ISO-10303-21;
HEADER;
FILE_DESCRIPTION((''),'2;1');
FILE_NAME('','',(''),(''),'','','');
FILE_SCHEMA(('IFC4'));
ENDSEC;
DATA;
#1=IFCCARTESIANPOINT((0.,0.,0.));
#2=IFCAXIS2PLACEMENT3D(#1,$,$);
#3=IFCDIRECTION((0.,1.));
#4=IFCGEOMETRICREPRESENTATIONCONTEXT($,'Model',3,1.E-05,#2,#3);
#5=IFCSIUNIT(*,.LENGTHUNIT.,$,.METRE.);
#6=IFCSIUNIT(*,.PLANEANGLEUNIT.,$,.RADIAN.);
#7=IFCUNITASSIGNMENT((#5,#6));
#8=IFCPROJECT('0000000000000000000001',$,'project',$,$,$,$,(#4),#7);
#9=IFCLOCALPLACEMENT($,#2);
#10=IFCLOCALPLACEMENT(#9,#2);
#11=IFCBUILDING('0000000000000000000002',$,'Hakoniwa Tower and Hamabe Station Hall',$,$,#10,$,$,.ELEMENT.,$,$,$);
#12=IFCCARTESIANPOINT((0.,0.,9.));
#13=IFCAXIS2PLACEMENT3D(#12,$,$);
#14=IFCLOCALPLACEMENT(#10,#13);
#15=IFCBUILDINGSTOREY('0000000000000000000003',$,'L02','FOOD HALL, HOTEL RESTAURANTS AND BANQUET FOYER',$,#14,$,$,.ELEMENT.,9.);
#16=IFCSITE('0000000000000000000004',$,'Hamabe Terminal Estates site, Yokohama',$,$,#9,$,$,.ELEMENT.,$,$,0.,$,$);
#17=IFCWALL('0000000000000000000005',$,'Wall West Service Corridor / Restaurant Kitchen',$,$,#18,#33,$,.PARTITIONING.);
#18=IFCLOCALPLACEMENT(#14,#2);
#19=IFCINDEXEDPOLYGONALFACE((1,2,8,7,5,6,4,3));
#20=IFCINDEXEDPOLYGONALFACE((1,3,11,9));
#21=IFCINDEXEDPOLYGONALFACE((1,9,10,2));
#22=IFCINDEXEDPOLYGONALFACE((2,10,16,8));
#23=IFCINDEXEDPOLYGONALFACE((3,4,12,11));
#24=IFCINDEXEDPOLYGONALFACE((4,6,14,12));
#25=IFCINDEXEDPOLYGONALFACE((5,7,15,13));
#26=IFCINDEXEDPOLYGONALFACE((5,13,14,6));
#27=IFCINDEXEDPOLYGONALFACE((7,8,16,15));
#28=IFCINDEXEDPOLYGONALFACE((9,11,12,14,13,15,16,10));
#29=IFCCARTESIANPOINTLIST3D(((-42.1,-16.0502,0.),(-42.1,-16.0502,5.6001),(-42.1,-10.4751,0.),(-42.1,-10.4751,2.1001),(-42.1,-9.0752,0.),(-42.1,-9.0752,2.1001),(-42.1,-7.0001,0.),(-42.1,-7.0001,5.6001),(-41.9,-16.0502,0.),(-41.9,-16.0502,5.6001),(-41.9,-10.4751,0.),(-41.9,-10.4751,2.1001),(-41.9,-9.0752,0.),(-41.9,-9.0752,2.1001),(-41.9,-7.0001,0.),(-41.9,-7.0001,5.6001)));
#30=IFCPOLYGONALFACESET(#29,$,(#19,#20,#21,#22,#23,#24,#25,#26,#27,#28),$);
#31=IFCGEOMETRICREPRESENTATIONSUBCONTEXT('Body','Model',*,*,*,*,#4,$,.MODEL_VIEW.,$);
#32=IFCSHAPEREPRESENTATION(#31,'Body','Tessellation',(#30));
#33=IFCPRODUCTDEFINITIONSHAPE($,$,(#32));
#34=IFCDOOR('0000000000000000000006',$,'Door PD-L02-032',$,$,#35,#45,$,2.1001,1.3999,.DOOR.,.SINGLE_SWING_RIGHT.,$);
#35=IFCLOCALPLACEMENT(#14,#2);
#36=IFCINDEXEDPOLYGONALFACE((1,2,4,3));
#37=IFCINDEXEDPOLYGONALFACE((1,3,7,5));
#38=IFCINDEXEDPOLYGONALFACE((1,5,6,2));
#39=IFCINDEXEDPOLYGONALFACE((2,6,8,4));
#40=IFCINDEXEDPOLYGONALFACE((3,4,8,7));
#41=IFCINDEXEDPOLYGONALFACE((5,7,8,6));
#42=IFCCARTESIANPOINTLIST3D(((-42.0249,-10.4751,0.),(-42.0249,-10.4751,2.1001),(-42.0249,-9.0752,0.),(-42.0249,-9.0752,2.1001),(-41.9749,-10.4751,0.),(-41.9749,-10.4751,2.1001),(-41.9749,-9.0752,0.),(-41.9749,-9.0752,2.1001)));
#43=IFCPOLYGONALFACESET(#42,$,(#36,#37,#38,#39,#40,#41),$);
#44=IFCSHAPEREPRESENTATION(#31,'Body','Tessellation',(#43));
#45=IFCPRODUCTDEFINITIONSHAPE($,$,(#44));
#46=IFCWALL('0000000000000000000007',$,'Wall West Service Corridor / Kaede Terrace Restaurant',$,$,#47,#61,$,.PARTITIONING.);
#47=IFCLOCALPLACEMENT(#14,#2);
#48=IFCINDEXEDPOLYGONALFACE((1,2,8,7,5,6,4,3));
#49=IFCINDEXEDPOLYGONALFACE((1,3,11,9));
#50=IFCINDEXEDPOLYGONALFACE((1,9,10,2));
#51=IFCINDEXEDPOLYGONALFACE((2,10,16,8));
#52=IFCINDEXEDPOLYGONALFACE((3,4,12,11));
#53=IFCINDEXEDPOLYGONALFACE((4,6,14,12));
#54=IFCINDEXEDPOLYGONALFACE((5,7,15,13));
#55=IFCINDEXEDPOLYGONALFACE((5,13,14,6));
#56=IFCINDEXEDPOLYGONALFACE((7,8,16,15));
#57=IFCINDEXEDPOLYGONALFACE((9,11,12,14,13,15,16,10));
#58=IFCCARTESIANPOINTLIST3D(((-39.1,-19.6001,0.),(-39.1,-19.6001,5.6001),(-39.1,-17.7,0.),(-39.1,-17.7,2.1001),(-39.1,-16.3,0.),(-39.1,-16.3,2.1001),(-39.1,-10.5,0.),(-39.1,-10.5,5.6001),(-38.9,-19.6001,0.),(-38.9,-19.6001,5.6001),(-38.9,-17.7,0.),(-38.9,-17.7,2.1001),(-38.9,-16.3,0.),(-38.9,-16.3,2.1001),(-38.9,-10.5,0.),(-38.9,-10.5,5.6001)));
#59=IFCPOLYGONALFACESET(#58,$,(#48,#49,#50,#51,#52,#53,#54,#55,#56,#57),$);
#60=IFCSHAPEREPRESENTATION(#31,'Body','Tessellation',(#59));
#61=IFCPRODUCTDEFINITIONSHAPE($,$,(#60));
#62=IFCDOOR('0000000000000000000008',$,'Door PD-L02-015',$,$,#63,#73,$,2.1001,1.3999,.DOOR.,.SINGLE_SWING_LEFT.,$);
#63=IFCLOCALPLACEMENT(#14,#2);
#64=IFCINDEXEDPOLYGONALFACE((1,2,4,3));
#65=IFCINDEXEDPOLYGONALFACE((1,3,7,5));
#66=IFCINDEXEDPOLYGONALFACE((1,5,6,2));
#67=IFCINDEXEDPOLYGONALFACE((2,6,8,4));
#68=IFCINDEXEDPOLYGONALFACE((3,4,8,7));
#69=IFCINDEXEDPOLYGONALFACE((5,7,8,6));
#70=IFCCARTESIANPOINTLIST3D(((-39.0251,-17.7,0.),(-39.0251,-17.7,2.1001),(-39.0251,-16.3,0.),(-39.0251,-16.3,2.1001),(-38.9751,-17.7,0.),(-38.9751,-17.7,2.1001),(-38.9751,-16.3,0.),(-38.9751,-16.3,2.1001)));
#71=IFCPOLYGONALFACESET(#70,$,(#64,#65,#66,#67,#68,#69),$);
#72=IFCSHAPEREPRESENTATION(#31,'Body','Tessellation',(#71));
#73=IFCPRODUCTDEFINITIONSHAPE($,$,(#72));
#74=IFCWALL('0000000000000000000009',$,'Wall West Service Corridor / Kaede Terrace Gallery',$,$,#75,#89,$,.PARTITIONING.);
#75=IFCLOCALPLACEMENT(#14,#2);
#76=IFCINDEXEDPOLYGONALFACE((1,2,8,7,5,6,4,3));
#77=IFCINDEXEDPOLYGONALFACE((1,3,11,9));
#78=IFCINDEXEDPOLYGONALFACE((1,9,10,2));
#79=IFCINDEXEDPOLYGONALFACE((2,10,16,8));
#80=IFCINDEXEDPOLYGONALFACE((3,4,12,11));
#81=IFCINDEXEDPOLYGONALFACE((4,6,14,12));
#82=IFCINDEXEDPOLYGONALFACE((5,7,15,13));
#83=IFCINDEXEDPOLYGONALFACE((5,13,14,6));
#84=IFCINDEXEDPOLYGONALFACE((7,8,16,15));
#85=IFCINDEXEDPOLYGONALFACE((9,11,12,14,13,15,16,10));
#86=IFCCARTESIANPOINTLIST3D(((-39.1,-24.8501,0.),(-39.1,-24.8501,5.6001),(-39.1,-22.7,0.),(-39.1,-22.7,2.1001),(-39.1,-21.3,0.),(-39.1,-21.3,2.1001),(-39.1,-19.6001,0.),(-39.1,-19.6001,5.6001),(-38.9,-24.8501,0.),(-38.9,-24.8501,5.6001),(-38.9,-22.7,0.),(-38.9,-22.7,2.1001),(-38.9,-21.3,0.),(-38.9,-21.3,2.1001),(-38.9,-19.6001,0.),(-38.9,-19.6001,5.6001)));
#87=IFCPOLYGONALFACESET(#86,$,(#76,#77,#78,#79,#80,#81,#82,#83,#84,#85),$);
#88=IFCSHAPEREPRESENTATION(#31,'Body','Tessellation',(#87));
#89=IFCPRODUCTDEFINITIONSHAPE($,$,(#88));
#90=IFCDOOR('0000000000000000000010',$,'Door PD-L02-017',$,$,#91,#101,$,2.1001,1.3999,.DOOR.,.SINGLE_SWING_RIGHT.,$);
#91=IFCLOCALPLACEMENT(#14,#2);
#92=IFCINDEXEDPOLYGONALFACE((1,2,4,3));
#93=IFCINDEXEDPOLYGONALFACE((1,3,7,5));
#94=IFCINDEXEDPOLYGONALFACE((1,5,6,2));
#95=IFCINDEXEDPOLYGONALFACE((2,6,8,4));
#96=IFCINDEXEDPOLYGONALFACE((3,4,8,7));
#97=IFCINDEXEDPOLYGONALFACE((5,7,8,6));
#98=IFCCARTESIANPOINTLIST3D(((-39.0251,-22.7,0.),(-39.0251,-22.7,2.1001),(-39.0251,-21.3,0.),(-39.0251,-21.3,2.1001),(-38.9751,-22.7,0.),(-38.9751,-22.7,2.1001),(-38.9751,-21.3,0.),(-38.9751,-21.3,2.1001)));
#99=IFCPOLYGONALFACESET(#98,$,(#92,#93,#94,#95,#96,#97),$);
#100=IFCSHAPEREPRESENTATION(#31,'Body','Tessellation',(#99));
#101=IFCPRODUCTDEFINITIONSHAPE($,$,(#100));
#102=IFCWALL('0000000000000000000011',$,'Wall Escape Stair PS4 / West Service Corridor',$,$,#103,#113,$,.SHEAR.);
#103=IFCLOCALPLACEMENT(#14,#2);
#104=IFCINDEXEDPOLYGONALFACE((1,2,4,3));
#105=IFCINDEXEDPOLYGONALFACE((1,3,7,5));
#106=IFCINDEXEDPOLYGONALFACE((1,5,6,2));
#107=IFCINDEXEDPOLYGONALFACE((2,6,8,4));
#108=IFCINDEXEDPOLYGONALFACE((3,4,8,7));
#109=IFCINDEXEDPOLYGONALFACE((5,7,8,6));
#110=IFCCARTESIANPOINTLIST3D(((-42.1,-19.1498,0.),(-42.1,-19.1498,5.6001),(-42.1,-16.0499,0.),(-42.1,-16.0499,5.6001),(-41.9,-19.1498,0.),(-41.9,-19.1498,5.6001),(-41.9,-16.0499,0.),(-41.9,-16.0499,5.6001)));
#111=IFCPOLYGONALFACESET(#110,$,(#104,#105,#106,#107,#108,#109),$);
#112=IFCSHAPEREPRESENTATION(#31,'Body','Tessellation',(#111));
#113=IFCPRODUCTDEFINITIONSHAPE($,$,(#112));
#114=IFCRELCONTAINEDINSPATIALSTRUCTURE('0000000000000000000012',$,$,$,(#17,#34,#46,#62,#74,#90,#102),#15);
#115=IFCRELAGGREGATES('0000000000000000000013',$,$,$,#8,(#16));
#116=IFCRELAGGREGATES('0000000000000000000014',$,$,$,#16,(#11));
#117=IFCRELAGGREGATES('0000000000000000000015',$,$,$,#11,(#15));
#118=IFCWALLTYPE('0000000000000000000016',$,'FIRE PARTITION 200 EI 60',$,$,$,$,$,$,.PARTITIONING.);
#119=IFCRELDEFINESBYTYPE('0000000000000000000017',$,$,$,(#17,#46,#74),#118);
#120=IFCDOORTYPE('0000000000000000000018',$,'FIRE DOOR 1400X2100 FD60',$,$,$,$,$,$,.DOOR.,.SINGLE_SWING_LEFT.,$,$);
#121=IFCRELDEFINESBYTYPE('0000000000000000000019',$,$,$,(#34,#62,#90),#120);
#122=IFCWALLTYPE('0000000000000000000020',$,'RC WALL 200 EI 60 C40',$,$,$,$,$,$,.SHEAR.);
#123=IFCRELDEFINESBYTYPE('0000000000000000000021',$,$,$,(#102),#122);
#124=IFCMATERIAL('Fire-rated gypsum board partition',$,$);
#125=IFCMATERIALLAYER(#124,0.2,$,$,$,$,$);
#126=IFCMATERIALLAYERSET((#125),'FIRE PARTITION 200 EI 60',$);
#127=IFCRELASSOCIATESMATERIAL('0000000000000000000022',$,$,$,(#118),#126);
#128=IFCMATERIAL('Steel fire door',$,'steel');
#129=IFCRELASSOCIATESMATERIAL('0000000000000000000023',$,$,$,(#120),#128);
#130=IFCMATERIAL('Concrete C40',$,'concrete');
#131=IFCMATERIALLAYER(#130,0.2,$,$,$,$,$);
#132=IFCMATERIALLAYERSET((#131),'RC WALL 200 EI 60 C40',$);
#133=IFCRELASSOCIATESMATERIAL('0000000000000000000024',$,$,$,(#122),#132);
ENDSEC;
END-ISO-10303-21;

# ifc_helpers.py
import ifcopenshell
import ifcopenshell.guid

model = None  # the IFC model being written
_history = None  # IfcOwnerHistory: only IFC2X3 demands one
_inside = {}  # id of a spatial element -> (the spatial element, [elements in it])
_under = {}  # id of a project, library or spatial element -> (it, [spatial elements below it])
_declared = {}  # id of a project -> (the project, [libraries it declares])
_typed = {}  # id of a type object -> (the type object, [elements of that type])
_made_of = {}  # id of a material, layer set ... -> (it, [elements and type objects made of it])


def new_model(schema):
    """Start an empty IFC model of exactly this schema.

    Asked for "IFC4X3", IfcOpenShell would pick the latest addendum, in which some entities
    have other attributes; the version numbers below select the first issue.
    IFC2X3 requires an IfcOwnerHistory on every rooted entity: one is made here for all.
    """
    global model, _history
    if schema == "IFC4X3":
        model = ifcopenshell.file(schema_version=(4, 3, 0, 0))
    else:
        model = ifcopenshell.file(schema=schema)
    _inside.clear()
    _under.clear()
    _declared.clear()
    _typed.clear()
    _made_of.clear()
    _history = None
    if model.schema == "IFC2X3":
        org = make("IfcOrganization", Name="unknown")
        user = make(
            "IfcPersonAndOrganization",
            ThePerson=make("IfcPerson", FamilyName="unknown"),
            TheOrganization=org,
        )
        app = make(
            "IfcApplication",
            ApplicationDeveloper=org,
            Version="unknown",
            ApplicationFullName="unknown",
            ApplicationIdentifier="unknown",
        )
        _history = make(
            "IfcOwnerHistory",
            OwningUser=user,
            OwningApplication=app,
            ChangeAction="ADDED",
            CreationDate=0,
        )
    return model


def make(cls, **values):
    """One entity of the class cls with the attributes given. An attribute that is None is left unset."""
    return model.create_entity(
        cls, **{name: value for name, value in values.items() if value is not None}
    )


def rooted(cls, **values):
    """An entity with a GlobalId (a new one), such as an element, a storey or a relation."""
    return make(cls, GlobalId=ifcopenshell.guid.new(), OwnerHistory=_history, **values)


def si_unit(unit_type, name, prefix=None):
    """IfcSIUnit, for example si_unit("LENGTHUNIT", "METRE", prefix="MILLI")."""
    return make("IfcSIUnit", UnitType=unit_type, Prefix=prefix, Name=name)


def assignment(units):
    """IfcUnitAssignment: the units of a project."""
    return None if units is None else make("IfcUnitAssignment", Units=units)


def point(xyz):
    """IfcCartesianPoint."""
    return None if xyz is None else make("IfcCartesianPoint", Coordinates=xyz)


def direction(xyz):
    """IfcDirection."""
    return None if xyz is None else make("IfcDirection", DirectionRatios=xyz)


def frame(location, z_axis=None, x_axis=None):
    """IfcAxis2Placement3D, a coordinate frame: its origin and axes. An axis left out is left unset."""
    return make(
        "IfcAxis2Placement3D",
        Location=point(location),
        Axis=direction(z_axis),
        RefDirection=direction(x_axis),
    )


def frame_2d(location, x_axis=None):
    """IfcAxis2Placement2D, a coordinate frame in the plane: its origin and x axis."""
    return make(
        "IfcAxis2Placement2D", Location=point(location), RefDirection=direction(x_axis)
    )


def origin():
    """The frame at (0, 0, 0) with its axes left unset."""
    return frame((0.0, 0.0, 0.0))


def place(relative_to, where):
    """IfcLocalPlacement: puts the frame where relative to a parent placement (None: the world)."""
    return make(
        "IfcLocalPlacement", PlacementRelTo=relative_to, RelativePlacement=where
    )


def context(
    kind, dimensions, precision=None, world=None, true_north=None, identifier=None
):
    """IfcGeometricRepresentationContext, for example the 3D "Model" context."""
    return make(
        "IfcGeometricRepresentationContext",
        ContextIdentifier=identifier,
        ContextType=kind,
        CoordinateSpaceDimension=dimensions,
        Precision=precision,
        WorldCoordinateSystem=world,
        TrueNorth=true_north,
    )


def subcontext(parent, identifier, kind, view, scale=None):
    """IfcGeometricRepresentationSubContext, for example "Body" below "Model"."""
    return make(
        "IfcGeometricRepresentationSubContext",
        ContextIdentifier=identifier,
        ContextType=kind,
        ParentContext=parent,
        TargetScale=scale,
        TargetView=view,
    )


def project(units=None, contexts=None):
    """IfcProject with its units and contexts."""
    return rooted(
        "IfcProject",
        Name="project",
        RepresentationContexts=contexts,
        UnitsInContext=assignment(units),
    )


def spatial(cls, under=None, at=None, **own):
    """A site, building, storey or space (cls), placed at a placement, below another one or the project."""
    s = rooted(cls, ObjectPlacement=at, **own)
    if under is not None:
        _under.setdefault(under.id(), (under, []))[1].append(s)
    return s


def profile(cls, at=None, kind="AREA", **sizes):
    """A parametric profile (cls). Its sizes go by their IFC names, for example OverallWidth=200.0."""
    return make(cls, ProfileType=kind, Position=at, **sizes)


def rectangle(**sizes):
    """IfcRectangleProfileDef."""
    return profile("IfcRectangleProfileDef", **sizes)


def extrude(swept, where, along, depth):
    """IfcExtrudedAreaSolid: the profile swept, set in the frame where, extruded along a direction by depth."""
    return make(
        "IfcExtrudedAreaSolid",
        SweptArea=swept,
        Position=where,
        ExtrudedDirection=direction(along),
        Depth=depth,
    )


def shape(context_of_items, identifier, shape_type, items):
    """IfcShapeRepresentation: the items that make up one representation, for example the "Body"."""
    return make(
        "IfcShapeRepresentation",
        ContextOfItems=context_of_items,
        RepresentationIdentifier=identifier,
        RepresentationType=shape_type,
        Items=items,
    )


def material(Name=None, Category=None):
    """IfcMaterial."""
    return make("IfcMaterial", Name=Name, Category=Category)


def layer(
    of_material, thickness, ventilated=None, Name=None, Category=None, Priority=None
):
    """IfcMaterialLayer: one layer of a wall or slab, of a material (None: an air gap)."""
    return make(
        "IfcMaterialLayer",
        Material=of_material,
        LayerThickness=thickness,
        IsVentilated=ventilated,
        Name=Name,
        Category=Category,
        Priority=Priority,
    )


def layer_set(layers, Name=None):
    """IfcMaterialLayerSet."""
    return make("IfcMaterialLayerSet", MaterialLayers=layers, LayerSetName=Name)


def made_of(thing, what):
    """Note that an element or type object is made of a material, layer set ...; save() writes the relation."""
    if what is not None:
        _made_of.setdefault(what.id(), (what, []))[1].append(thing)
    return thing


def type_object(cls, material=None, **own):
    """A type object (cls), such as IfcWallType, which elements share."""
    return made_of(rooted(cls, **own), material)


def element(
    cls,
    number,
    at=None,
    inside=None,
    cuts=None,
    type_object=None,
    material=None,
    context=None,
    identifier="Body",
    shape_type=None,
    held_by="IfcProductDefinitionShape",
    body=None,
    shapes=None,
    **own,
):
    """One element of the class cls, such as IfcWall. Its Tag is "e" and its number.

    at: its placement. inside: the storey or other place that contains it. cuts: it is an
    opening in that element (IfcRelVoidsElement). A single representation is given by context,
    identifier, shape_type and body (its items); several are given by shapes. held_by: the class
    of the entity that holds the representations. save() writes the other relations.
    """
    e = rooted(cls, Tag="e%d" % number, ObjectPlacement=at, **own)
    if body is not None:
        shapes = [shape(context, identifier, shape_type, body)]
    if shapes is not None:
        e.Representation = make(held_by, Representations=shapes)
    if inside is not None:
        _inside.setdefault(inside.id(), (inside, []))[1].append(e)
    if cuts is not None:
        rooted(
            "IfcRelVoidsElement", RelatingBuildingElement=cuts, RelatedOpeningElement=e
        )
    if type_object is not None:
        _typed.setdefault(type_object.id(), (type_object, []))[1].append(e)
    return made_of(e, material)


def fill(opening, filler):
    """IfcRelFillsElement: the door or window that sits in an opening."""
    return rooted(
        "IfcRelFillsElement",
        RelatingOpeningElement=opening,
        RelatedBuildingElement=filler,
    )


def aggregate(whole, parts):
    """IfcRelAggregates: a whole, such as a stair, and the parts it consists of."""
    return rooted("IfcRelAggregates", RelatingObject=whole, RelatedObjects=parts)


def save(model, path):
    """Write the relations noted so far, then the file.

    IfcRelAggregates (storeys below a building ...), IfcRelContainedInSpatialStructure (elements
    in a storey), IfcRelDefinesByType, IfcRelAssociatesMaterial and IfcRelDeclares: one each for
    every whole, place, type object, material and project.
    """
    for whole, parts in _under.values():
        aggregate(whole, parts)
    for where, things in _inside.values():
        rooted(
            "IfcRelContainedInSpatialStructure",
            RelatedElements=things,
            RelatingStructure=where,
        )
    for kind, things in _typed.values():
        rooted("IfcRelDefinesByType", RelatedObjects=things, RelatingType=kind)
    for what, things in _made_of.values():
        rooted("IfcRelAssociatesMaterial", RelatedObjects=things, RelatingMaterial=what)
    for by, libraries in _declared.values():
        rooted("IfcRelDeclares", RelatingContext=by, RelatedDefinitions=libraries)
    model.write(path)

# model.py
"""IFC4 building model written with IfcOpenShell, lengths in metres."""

from ifc_helpers import new_model, si_unit, direction, frame, frame_2d, origin, place, context, subcontext, project, spatial, rectangle, extrude, material, layer, layer_set, type_object, element, fill, save


model = new_model("IFC4")

# Units and contexts
model_context = context("Model", 3, precision=1e-05, world=origin(), true_north=direction((0.0, 1.0)))
body_context = subcontext(model_context, "Body", "Model", "MODEL_VIEW")
ifc_project = project(units=[si_unit("LENGTHUNIT", "METRE"), si_unit("PLANEANGLEUNIT", "RADIAN")], contexts=[model_context])

# Site, building, storey
site_placement = place(None, origin())
site = spatial("IfcSite", under=ifc_project, at=site_placement, Name="Hamabe Terminal Estates site, Yokohama", CompositionType="ELEMENT", RefElevation=0.0)
building_placement = place(site_placement, origin())
building = spatial("IfcBuilding", under=site, at=building_placement, Name="Hakoniwa Tower and Hamabe Station Hall", CompositionType="ELEMENT")
storey_placement = place(building_placement, frame((0.0, 0.0, 9.0)))
storey = spatial("IfcBuildingStorey", under=building, at=storey_placement, Name="L02", Description="FOOD HALL, HOTEL RESTAURANTS AND BANQUET FOYER", CompositionType="ELEMENT", Elevation=9.0)

# Shared definitions
ifc_material_1 = material(Name="Fire-rated gypsum board partition")
ifc_layer_1 = layer(ifc_material_1, 0.2)
ifc_layer_set_1 = layer_set([ifc_layer_1], Name="FIRE PARTITION 200 EI 60")
wall_type_1 = type_object("IfcWallType", Name="FIRE PARTITION 200 EI 60", PredefinedType="PARTITIONING", material=ifc_layer_set_1)

# Walls, openings, doors
wall_1_placement = place(storey_placement, frame((-42.0, -16.05, 0.0), z_axis=(0.0, 0.0, 1.0), x_axis=(0.0, 1.0, 0.0)))
wall_1 = element("IfcWall", 1, at=wall_1_placement, inside=storey, type_object=wall_type_1, Name="Wall West Service Corridor / Restaurant Kitchen", PredefinedType="PARTITIONING", context=body_context, shape_type="SweptSolid", body=[
    extrude(rectangle(XDim=9.05, YDim=0.2, at=frame_2d((4.5249, 0.0))), origin(), (0.0, 0.0, 1.0), 5.6001),
])
opening_1_placement = place(wall_1_placement, frame((5.575, 0.0, 0.0)))
opening_1 = element("IfcOpeningElement", 2, at=opening_1_placement, cuts=wall_1, PredefinedType="OPENING", context=body_context, shape_type="SweptSolid", body=[
    extrude(rectangle(XDim=1.3999, YDim=2.1001, at=frame_2d((0.7, 1.05))), frame((0.0, 0.1099, 0.0), z_axis=(0.0, -1.0, 0.0), x_axis=(1.0, 0.0, 0.0)), (0.0, 0.0, 1.0), 0.22),
])
ifc_material_2 = material(Name="Steel fire door", Category="steel")
door_type_1 = type_object("IfcDoorType", Name="FIRE DOOR 1400X2100 FD60", OperationType="SINGLE_SWING_LEFT", PredefinedType="DOOR", material=ifc_material_2)
door_1_placement = place(opening_1_placement, origin())
door_1 = element("IfcDoor", 3, at=door_1_placement, inside=storey, type_object=door_type_1, Name="Door PD-L02-032", OperationType="SINGLE_SWING_RIGHT", OverallHeight=2.1001, OverallWidth=1.3999, PredefinedType="DOOR", context=body_context, shape_type="SweptSolid", body=[
    extrude(rectangle(XDim=1.3999, YDim=2.1001, at=frame_2d((0.7, 1.05))), frame((0.0, 0.0249, 0.0), z_axis=(0.0, -1.0, 0.0), x_axis=(1.0, 0.0, 0.0)), (0.0, 0.0, 1.0), 0.05),
])
fill(opening_1, door_1)
wall_2_placement = place(storey_placement, frame((-39.0, -10.5, 0.0), z_axis=(0.0, 0.0, 1.0), x_axis=(0.0, -1.0, 0.0)))
wall_2 = element("IfcWall", 4, at=wall_2_placement, inside=storey, type_object=wall_type_1, Name="Wall West Service Corridor / Kaede Terrace Restaurant", PredefinedType="PARTITIONING", context=body_context, shape_type="SweptSolid", body=[
    extrude(rectangle(XDim=9.1001, YDim=0.2, at=frame_2d((4.55, 0.0))), origin(), (0.0, 0.0, 1.0), 5.6001),
])
opening_2_placement = place(wall_2_placement, frame((5.8, 0.0, 0.0)))
opening_2 = element("IfcOpeningElement", 5, at=opening_2_placement, cuts=wall_2, PredefinedType="OPENING", context=body_context, shape_type="SweptSolid", body=[
    extrude(rectangle(XDim=1.3999, YDim=2.1001, at=frame_2d((0.7, 1.05))), frame((0.0, 0.1099, 0.0), z_axis=(0.0, -1.0, 0.0), x_axis=(1.0, 0.0, 0.0)), (0.0, 0.0, 1.0), 0.22),
])
door_2_placement = place(opening_2_placement, origin())
door_2 = element("IfcDoor", 6, at=door_2_placement, inside=storey, type_object=door_type_1, Name="Door PD-L02-015", OperationType="SINGLE_SWING_LEFT", OverallHeight=2.1001, OverallWidth=1.3999, PredefinedType="DOOR", context=body_context, shape_type="SweptSolid", body=[
    extrude(rectangle(XDim=1.3999, YDim=2.1001, at=frame_2d((0.7, 1.05))), frame((0.0, 0.0249, 0.0), z_axis=(0.0, -1.0, 0.0), x_axis=(1.0, 0.0, 0.0)), (0.0, 0.0, 1.0), 0.05),
])
fill(opening_2, door_2)
wall_3_placement = place(storey_placement, frame((-39.0, -19.6001, 0.0), z_axis=(0.0, 0.0, 1.0), x_axis=(0.0, -1.0, 0.0)))
wall_3 = element("IfcWall", 7, at=wall_3_placement, inside=storey, type_object=wall_type_1, Name="Wall West Service Corridor / Kaede Terrace Gallery", PredefinedType="PARTITIONING", context=body_context, shape_type="SweptSolid", body=[
    extrude(rectangle(XDim=5.25, YDim=0.2, at=frame_2d((2.625, 0.0))), origin(), (0.0, 0.0, 1.0), 5.6001),
])
opening_3_placement = place(wall_3_placement, frame((1.7, 0.0, 0.0)))
opening_3 = element("IfcOpeningElement", 8, at=opening_3_placement, cuts=wall_3, PredefinedType="OPENING", context=body_context, shape_type="SweptSolid", body=[
    extrude(rectangle(XDim=1.3999, YDim=2.1001, at=frame_2d((0.7, 1.05))), frame((0.0, 0.1099, 0.0), z_axis=(0.0, -1.0, 0.0), x_axis=(1.0, 0.0, 0.0)), (0.0, 0.0, 1.0), 0.22),
])
door_3_placement = place(opening_3_placement, origin())
door_3 = element("IfcDoor", 9, at=door_3_placement, inside=storey, type_object=door_type_1, Name="Door PD-L02-017", OperationType="SINGLE_SWING_RIGHT", OverallHeight=2.1001, OverallWidth=1.3999, PredefinedType="DOOR", context=body_context, shape_type="SweptSolid", body=[
    extrude(rectangle(XDim=1.3999, YDim=2.1001, at=frame_2d((0.7, 1.05))), frame((0.0, 0.0249, 0.0), z_axis=(0.0, -1.0, 0.0), x_axis=(1.0, 0.0, 0.0)), (0.0, 0.0, 1.0), 0.05),
])
fill(opening_3, door_3)

# Wall
ifc_material_3 = material(Name="Concrete C40", Category="concrete")
ifc_layer_2 = layer(ifc_material_3, 0.2)
ifc_layer_set_2 = layer_set([ifc_layer_2], Name="RC WALL 200 EI 60 C40")
wall_type_2 = type_object("IfcWallType", Name="RC WALL 200 EI 60 C40", PredefinedType="SHEAR", material=ifc_layer_set_2)
wall_4_placement = place(storey_placement, frame((-42.0, -16.05, 0.0), z_axis=(0.0, 0.0, 1.0), x_axis=(0.0, -1.0, 0.0)))
element("IfcWall", 10, at=wall_4_placement, inside=storey, type_object=wall_type_2, Name="Wall Escape Stair PS4 / West Service Corridor", PredefinedType="SHEAR", context=body_context, shape_type="SweptSolid", body=[
    extrude(rectangle(XDim=3.0999, YDim=0.2, at=frame_2d((1.5498, 0.0))), origin(), (0.0, 0.0, 1.0), 5.6001),
])

save(model, "model.ifc")
